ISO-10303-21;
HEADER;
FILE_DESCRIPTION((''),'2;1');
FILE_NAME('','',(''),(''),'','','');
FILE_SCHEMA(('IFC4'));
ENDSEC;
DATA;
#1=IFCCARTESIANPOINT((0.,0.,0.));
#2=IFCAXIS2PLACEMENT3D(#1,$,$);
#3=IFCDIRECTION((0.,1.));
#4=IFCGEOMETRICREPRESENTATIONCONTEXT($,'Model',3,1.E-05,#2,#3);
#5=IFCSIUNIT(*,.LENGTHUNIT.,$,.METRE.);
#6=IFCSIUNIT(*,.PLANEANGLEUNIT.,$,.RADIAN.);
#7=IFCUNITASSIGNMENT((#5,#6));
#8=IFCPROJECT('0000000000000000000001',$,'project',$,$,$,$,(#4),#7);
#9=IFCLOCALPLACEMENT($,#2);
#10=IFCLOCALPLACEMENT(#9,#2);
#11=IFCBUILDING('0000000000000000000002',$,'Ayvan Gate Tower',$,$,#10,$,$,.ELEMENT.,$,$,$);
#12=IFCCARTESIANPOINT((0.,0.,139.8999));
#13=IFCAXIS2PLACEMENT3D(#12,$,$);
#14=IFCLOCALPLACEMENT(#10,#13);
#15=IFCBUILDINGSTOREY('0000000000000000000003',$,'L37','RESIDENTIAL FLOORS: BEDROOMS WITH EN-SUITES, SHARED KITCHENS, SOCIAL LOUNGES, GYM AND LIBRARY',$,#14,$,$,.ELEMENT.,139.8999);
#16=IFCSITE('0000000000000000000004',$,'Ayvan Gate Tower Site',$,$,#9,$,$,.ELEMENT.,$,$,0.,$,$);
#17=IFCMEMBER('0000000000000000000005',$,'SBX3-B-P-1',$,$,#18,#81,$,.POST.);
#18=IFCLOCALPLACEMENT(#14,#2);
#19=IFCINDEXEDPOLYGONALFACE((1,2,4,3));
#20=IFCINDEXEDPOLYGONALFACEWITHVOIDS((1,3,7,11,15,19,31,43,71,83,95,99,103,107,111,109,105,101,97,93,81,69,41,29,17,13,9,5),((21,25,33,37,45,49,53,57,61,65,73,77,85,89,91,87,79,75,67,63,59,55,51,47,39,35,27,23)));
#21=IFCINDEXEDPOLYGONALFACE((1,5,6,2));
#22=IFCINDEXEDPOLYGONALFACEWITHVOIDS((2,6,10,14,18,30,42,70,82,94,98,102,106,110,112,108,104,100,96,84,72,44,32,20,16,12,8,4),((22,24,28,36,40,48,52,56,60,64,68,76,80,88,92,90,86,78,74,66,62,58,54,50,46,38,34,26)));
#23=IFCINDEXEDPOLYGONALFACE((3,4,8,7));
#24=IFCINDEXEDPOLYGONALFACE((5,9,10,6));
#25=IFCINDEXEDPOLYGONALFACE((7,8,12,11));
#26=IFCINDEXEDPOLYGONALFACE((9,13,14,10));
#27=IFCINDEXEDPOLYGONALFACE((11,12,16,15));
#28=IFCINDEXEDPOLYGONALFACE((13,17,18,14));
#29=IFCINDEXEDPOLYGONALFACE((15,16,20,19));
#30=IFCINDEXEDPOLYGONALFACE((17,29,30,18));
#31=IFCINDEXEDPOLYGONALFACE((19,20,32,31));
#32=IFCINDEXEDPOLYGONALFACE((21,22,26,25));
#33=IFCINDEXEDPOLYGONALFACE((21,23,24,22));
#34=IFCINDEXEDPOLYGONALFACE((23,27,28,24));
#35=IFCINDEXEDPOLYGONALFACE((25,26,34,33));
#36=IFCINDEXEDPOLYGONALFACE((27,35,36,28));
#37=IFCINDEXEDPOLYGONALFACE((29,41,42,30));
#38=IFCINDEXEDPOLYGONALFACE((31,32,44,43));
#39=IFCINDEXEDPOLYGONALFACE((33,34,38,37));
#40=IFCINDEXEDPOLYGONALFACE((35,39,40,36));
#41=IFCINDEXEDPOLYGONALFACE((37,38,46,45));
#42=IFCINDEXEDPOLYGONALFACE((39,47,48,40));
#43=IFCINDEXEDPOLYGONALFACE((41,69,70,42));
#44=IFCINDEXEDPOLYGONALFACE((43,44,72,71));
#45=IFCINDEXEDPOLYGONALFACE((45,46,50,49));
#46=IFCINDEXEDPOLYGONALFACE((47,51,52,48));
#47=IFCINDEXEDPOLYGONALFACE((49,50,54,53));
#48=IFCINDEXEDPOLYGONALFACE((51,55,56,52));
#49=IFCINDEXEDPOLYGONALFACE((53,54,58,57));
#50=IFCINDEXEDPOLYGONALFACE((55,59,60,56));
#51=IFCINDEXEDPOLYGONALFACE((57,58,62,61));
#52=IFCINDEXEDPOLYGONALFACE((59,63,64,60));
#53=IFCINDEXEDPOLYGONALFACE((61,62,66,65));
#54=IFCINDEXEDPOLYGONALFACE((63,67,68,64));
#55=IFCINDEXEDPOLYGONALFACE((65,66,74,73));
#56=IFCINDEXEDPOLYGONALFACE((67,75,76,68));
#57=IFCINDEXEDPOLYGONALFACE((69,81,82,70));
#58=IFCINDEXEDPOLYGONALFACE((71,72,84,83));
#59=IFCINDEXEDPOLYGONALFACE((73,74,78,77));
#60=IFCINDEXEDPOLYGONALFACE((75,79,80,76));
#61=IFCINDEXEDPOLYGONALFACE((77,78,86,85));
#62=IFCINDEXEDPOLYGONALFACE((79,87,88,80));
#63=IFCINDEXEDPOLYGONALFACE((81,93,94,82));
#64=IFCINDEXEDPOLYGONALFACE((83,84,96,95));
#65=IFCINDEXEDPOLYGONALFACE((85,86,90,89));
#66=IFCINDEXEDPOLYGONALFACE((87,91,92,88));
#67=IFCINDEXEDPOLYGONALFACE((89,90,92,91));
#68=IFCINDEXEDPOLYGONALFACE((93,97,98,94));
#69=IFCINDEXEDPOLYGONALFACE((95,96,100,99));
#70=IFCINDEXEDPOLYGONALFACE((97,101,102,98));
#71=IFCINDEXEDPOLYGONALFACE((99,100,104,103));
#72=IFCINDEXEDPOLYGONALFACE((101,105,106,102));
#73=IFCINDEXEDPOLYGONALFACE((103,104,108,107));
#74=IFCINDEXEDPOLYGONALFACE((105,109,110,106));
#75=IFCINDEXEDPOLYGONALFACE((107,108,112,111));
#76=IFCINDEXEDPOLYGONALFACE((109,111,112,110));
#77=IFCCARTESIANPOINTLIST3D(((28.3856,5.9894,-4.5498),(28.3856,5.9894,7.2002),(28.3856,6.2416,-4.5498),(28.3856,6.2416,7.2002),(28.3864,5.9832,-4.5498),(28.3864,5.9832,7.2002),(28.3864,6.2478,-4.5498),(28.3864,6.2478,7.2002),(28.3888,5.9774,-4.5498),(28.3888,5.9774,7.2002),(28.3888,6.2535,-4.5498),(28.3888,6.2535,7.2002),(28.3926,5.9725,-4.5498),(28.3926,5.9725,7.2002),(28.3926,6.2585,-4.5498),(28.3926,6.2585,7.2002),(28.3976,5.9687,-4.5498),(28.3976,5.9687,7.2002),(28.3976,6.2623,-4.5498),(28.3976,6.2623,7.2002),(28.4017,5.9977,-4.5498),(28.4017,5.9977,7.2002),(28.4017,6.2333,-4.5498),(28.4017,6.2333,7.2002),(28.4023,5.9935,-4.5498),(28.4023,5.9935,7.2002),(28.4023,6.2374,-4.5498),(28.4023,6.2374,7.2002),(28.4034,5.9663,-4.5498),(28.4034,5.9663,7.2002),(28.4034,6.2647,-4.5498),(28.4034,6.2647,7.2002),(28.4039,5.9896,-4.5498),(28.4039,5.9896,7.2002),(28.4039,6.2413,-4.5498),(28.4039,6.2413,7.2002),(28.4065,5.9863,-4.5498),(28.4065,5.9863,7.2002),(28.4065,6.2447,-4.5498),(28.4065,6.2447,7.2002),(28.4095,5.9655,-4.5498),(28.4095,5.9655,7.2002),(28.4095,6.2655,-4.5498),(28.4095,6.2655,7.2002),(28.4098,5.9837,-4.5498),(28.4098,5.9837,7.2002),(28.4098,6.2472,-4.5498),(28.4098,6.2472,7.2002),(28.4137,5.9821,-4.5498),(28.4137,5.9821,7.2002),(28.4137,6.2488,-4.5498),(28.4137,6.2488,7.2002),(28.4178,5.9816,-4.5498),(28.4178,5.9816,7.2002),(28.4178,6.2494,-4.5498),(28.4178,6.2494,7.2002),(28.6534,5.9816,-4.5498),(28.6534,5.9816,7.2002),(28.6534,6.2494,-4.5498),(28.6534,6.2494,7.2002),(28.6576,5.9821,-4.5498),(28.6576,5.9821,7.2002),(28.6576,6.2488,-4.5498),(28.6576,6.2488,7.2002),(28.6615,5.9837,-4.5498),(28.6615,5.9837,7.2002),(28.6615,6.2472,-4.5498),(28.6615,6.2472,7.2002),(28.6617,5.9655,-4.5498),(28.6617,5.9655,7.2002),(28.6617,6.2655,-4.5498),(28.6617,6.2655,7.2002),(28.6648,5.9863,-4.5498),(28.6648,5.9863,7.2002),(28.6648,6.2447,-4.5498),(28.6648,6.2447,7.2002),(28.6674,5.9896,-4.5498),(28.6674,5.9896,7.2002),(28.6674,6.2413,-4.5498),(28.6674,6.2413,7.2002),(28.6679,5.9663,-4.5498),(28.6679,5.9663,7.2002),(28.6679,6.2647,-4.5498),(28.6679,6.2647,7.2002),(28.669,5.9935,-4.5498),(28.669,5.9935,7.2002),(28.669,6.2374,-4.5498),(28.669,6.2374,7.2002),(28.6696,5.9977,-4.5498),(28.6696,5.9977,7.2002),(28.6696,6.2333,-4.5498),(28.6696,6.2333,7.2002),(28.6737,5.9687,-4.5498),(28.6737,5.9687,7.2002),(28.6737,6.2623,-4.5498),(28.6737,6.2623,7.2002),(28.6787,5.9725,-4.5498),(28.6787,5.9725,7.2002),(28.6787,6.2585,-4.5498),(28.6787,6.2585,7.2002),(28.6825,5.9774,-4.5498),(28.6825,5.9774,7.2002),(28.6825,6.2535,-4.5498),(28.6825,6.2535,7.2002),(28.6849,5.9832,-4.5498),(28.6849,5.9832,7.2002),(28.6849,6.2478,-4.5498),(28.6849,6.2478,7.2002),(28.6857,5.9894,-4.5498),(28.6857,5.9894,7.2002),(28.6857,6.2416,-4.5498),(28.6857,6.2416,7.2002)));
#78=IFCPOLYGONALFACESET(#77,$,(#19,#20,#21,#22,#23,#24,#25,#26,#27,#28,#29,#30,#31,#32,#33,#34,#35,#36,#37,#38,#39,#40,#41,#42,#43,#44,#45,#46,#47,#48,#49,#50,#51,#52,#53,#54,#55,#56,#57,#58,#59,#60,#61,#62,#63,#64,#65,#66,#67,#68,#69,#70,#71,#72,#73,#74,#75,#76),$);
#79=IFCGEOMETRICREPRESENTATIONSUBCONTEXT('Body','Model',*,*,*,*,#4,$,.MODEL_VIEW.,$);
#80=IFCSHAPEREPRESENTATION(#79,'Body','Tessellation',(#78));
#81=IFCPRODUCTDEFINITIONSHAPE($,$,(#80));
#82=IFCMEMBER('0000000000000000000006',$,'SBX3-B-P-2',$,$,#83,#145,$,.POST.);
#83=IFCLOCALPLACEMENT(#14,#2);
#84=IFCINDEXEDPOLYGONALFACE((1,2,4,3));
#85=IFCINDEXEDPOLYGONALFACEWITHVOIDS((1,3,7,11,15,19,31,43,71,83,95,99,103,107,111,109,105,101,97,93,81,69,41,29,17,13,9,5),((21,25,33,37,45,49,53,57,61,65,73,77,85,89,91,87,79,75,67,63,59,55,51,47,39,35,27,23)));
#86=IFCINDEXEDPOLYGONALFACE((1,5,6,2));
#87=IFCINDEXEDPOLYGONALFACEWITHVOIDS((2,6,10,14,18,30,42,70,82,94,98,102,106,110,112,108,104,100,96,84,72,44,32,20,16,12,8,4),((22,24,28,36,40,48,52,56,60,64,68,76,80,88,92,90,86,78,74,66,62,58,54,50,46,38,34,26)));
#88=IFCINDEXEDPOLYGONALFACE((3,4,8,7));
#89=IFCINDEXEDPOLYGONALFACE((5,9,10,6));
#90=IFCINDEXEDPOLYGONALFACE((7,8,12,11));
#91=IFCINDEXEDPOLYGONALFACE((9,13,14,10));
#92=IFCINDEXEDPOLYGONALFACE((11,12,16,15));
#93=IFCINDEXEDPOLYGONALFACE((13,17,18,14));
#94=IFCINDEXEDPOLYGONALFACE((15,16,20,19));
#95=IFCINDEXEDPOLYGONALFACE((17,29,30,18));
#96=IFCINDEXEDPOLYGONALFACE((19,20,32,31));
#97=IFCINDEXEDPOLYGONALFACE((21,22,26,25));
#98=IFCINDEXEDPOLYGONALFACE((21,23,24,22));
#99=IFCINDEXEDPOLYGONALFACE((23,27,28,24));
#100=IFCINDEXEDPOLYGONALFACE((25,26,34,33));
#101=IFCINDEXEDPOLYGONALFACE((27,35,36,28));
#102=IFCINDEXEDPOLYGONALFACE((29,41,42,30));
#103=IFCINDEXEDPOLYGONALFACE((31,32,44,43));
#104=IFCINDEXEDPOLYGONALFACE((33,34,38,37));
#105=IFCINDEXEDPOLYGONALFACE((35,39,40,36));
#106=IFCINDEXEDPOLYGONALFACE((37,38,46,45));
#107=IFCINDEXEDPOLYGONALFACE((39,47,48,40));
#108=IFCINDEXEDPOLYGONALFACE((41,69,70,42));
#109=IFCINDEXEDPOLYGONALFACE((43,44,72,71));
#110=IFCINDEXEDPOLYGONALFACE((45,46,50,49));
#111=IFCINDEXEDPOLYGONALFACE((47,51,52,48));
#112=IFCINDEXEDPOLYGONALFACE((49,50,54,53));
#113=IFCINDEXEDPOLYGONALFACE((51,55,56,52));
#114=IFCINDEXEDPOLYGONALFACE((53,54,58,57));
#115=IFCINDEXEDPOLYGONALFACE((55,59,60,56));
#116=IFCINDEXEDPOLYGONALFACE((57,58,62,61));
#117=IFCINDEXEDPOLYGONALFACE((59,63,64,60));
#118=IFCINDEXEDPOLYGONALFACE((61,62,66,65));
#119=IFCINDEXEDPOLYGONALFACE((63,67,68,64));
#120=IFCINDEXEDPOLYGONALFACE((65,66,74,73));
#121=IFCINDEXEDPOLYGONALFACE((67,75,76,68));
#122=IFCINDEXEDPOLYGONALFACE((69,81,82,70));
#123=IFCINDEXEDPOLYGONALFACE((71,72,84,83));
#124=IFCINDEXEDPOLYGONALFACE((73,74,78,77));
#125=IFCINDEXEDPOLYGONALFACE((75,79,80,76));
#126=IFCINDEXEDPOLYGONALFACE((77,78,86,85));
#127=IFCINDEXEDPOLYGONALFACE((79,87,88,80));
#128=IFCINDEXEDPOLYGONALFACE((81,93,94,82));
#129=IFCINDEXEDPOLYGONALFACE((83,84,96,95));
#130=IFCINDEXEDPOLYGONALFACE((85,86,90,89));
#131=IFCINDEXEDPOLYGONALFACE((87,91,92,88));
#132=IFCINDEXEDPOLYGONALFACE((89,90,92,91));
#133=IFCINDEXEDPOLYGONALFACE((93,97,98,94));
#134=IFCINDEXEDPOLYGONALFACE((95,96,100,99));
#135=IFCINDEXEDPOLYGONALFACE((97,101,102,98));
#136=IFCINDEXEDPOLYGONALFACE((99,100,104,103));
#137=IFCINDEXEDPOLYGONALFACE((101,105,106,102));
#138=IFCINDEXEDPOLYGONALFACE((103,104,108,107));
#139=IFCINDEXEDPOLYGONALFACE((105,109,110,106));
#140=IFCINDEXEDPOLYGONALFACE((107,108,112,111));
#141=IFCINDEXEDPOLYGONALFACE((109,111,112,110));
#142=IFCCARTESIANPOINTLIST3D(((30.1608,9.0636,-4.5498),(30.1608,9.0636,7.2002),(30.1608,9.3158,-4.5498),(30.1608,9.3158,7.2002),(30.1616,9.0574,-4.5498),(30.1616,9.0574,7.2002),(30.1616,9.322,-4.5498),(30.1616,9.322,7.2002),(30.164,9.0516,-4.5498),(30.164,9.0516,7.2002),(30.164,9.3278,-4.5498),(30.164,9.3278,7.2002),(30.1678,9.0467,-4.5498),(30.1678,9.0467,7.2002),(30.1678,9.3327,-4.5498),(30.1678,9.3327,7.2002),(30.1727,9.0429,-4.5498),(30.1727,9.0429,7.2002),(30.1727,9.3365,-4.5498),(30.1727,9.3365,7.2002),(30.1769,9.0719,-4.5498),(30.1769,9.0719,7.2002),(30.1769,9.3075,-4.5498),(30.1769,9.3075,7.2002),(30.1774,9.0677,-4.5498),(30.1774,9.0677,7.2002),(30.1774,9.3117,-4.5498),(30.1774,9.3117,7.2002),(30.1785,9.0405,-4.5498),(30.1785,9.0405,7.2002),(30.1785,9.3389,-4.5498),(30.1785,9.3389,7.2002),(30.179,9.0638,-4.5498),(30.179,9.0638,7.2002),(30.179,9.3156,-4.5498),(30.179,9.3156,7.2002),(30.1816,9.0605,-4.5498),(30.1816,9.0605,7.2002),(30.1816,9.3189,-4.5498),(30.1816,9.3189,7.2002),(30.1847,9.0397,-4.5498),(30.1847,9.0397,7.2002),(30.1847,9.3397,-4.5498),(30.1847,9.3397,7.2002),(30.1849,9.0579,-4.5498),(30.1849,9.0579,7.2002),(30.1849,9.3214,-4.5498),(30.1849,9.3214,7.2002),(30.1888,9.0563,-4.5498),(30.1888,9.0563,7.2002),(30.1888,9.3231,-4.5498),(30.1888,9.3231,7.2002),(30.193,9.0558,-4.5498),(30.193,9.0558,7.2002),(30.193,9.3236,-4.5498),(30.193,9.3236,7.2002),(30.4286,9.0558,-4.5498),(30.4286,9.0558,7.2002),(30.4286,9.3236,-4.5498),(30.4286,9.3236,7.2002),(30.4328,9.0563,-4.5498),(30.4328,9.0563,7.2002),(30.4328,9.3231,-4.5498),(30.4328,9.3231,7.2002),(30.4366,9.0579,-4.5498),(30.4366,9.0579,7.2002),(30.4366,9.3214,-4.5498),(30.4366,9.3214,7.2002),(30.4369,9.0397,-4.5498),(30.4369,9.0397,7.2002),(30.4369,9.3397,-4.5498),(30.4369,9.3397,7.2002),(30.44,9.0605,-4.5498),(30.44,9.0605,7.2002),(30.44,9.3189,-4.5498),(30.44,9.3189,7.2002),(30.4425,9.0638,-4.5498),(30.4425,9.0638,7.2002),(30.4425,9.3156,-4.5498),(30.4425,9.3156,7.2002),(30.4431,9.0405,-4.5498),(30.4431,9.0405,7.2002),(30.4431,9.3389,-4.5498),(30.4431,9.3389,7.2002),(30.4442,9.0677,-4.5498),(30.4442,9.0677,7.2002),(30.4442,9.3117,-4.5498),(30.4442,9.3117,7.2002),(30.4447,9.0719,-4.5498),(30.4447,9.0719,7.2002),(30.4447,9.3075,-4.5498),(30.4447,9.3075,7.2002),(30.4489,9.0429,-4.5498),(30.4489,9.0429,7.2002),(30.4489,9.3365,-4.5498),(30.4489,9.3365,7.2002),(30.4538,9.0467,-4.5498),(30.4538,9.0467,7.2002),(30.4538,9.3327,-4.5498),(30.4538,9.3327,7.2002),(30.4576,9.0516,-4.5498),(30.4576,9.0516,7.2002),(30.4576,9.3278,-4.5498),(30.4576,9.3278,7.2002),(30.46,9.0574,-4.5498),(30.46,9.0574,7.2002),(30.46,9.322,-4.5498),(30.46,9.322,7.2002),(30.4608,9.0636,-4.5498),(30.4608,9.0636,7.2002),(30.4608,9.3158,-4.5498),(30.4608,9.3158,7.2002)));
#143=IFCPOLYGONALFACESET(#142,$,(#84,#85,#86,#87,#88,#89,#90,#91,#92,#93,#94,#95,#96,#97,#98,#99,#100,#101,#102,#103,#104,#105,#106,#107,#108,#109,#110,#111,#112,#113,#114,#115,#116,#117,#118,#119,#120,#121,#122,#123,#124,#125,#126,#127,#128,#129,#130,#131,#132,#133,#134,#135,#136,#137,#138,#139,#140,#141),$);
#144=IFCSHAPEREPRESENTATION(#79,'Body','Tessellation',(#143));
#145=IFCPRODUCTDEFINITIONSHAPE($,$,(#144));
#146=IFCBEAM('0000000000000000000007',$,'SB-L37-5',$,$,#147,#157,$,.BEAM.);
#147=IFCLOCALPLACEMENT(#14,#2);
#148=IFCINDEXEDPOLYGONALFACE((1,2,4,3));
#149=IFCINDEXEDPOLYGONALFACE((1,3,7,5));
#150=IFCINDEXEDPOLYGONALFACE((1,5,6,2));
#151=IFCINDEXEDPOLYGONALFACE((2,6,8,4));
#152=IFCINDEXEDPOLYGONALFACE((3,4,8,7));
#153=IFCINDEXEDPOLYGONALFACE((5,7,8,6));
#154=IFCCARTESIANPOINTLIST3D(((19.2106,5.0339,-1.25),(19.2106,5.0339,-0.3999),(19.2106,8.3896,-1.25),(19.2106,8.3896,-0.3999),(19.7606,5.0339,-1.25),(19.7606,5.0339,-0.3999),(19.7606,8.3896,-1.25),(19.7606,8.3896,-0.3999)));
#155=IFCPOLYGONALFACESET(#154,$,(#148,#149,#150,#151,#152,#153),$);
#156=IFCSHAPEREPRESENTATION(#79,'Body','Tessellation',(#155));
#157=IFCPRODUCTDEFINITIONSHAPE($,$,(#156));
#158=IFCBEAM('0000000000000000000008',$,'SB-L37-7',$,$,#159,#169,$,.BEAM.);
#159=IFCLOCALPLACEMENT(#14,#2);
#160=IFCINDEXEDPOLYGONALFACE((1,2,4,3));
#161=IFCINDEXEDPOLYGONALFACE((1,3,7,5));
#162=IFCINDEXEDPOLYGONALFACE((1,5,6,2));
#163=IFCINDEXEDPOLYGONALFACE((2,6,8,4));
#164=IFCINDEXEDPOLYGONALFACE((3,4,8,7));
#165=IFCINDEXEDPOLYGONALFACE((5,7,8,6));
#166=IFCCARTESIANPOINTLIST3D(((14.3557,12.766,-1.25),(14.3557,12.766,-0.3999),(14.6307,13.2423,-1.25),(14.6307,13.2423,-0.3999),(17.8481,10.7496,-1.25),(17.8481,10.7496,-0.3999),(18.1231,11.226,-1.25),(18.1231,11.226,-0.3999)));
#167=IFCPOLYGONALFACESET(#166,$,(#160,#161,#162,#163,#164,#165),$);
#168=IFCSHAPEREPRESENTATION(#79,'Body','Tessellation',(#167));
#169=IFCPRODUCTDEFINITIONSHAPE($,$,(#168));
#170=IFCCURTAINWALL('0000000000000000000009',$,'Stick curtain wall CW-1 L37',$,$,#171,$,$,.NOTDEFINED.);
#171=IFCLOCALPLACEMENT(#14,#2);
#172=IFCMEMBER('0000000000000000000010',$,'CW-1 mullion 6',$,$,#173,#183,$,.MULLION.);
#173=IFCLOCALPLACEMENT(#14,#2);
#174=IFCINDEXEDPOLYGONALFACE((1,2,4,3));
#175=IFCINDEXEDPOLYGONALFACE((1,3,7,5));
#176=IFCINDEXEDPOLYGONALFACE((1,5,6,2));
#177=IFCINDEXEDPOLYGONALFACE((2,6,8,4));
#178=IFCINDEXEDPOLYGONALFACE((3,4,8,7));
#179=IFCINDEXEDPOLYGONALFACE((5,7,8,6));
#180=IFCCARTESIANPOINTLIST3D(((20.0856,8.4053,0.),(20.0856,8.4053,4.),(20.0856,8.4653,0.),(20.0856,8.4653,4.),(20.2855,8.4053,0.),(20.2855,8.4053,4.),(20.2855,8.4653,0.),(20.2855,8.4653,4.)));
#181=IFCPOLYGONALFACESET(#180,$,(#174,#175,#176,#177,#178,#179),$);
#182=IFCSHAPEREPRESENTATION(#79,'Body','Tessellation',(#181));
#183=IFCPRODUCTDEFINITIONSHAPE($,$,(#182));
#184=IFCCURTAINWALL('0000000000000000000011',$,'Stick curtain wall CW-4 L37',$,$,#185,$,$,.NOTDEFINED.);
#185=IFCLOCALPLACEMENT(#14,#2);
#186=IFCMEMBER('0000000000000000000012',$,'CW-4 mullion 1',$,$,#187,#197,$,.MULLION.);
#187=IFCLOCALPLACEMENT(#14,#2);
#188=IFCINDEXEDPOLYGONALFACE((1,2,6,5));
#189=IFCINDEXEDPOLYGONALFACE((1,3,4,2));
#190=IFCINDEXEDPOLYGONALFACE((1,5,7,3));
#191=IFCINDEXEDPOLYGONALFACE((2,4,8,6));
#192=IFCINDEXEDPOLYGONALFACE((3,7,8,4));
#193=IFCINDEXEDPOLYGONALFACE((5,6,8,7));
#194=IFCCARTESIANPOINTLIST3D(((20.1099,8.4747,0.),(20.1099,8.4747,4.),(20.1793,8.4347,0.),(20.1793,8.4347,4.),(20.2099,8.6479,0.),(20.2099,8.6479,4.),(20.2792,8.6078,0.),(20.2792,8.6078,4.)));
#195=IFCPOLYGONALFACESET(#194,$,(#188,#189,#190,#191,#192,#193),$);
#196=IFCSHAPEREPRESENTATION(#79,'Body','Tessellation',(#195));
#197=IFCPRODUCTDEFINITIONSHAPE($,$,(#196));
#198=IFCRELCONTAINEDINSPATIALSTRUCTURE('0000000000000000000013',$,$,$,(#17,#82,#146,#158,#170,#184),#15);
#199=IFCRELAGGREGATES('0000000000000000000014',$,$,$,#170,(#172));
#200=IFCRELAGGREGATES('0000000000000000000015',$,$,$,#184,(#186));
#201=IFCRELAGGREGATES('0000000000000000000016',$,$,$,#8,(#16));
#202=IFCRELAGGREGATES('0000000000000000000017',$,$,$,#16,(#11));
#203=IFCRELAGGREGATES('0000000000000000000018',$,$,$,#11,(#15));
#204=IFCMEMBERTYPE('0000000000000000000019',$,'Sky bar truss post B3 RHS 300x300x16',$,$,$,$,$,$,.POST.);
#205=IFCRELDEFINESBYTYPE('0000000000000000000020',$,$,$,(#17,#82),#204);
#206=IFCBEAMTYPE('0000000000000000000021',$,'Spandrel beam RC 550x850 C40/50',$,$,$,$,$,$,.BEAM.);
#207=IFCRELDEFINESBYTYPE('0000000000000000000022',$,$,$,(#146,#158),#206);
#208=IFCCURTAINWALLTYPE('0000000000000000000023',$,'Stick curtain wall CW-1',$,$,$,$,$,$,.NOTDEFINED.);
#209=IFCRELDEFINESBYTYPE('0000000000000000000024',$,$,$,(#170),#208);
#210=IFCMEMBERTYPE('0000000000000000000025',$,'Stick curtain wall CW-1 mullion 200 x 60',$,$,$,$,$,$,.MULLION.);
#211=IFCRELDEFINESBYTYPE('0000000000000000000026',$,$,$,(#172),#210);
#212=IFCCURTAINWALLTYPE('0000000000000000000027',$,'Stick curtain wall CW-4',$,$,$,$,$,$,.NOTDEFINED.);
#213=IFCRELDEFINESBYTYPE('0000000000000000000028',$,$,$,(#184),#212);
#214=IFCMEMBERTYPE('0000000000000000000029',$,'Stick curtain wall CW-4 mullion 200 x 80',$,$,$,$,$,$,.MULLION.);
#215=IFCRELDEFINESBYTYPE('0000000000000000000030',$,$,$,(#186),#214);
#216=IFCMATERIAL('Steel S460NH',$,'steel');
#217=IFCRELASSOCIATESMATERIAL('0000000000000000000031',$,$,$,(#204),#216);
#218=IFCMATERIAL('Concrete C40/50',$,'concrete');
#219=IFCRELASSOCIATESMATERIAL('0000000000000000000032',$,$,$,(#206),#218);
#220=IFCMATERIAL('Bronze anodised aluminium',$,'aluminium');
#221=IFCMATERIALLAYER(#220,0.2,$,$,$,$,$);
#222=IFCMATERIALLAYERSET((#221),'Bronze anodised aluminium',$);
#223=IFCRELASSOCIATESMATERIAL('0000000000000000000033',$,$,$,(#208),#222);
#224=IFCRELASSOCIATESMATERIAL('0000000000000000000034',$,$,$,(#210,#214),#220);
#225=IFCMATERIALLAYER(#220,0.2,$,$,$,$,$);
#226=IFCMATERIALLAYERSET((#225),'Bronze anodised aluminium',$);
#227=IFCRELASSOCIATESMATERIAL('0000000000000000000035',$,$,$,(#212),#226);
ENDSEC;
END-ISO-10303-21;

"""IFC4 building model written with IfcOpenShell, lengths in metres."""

from ifc_helpers import new_model, si_unit, direction, frame, origin, origin_2d, place, context, subcontext, project, spatial, rectangle, hollow_rectangle, extrude, material, layer, layer_set, material_profile, profile_set, type_object, element, aggregate, save


model = new_model("IFC4")

# Units and contexts
model_context = context("Model", 3, precision=1e-05, world=origin(), true_north=direction((0.0, 1.0)))
body_context = subcontext(model_context, "Body", "Model", "MODEL_VIEW")
ifc_project = project(units=[si_unit("LENGTHUNIT", "METRE"), si_unit("PLANEANGLEUNIT", "RADIAN")], contexts=[model_context])

# Site, building, storey
site_placement = place(None, origin())
site = spatial("IfcSite", under=ifc_project, at=site_placement, Name="Ayvan Gate Tower Site", CompositionType="ELEMENT", RefElevation=0.0)
building_placement = place(site_placement, origin())
building = spatial("IfcBuilding", under=site, at=building_placement, Name="Ayvan Gate Tower", CompositionType="ELEMENT")
storey_placement = place(building_placement, frame((0.0, 0.0, 139.8999)))
storey = spatial("IfcBuildingStorey", under=building, at=storey_placement, Name="L37", Description="RESIDENTIAL FLOORS: BEDROOMS WITH EN-SUITES, SHARED KITCHENS, SOCIAL LOUNGES, GYM AND LIBRARY", CompositionType="ELEMENT", Elevation=139.8999)

# Shared definitions
ifc_material_1 = material(Name="Concrete C40/50", Category="concrete")

# Members
ifc_material_2 = material(Name="Steel S460NH", Category="steel")
ifc_material_profile_1 = material_profile(ifc_material_2, hollow_rectangle(XDim=0.3, YDim=0.3, WallThickness=0.0161, InnerFilletRadius=0.0161, OuterFilletRadius=0.0239, at=origin_2d()), Name="RHS 300x300x16")
ifc_profile_set_1 = profile_set([ifc_material_profile_1], Name="Steel S460NH")
member_type_1 = type_object("IfcMemberType", Name="Sky bar truss post B3 RHS 300x300x16", PredefinedType="POST", material=ifc_profile_set_1)
for number, where, z_axis, x_axis, name in (
    (1, (28.5356, 6.1155, -4.5498), (0.0, 0.0, 1.0), (1.0, 0.0, 0.0), "SBX3-B-P-1"),
    (2, (30.3108, 9.1897, -4.5498), (0.0, 0.0, 1.0), (1.0, 0.0, 0.0), "SBX3-B-P-2"),
):
    element("IfcMember", number, at=place(storey_placement, frame(where, z_axis=z_axis, x_axis=x_axis)), inside=storey, type_object=member_type_1, Name=name, PredefinedType="POST", context=body_context, shape_type="SweptSolid", body=[
        extrude(hollow_rectangle(XDim=0.3, YDim=0.3, WallThickness=0.0161, InnerFilletRadius=0.0161, OuterFilletRadius=0.0239, at=origin_2d()), origin(), (0.0, 0.0, 1.0), 11.75),
    ])

# Beams
ifc_material_profile_2 = material_profile(ifc_material_1, rectangle(XDim=0.55, YDim=0.8501, at=origin_2d()), Name="RC 550x850")
ifc_profile_set_2 = profile_set([ifc_material_profile_2], Name="Concrete C40/50")
beam_type_1 = type_object("IfcBeamType", Name="Spandrel beam RC 550x850 C40/50", PredefinedType="BEAM", material=ifc_profile_set_2)
beam_1_placement = place(storey_placement, frame((19.4856, 5.0339, -0.825), z_axis=(0.0, 1.0, 0.0), x_axis=(-1.0, 0.0, 0.0)))
element("IfcBeam", 3, at=beam_1_placement, inside=storey, type_object=beam_type_1, Name="SB-L37-5", PredefinedType="BEAM", context=body_context, shape_type="SweptSolid", body=[
    extrude(rectangle(XDim=0.55, YDim=0.8501, at=origin_2d()), origin(), (0.0, 0.0, 1.0), 3.3557),
])
beam_2_placement = place(storey_placement, frame((17.9856, 10.9878, -0.825), z_axis=(-0.866025, 0.5, 0.0), x_axis=(-0.5, -0.866025, 0.0)))
element("IfcBeam", 4, at=beam_2_placement, inside=storey, type_object=beam_type_1, Name="SB-L37-7", PredefinedType="BEAM", context=body_context, shape_type="SweptSolid", body=[
    extrude(rectangle(XDim=0.55, YDim=0.8501, at=origin_2d()), origin(), (0.0, 0.0, 1.0), 4.0327),
])

# Curtain wall, member
ifc_material_3 = material(Name="Bronze anodised aluminium", Category="aluminium")
ifc_layer_1 = layer(ifc_material_3, 0.2)
ifc_layer_set_1 = layer_set([ifc_layer_1], Name="Bronze anodised aluminium")
curtain_wall_type_1 = type_object("IfcCurtainWallType", Name="Stick curtain wall CW-1", PredefinedType="NOTDEFINED", material=ifc_layer_set_1)
curtain_wall_1_placement = place(storey_placement, origin())
curtain_wall_1 = element("IfcCurtainWall", 5, at=curtain_wall_1_placement, inside=storey, type_object=curtain_wall_type_1, Name="Stick curtain wall CW-1 L37", PredefinedType="NOTDEFINED")
ifc_material_profile_3 = material_profile(ifc_material_3, rectangle(XDim=0.2, YDim=0.0601, at=origin_2d()), Name="Stick curtain wall CW-1 mullion 200 x 60")
ifc_profile_set_3 = profile_set([ifc_material_profile_3], Name="Bronze anodised aluminium")
member_type_2 = type_object("IfcMemberType", Name="Stick curtain wall CW-1 mullion 200 x 60", PredefinedType="MULLION", material=ifc_profile_set_3)
member_1_placement = place(storey_placement, frame((20.1855, 8.4353, 0.0), z_axis=(0.0, 0.0, 1.0), x_axis=(1.0, 0.0, 0.0)))
member_1 = element("IfcMember", 6, at=member_1_placement, type_object=member_type_2, Name="CW-1 mullion 6", PredefinedType="MULLION", context=body_context, shape_type="SweptSolid", body=[
    extrude(rectangle(XDim=0.2, YDim=0.0601, at=origin_2d()), origin(), (0.0, 0.0, 1.0), 4.0),
])

# Curtain wall, member
ifc_layer_2 = layer(ifc_material_3, 0.2)
ifc_layer_set_2 = layer_set([ifc_layer_2], Name="Bronze anodised aluminium")
curtain_wall_type_2 = type_object("IfcCurtainWallType", Name="Stick curtain wall CW-4", PredefinedType="NOTDEFINED", material=ifc_layer_set_2)
curtain_wall_2_placement = place(storey_placement, origin())
curtain_wall_2 = element("IfcCurtainWall", 7, at=curtain_wall_2_placement, inside=storey, type_object=curtain_wall_type_2, Name="Stick curtain wall CW-4 L37", PredefinedType="NOTDEFINED")
ifc_material_profile_4 = material_profile(ifc_material_3, rectangle(XDim=0.2, YDim=0.0801, at=origin_2d()), Name="Stick curtain wall CW-4 mullion 200 x 80")
ifc_profile_set_4 = profile_set([ifc_material_profile_4], Name="Bronze anodised aluminium")
member_type_3 = type_object("IfcMemberType", Name="Stick curtain wall CW-4 mullion 200 x 80", PredefinedType="MULLION", material=ifc_profile_set_4)
member_2_placement = place(storey_placement, frame((20.1946, 8.5413, 0.0), z_axis=(0.0, 0.0, 1.0), x_axis=(-0.5, -0.866025, 0.0)))
member_2 = element("IfcMember", 8, at=member_2_placement, type_object=member_type_3, Name="CW-4 mullion 1", PredefinedType="MULLION", context=body_context, shape_type="SweptSolid", body=[
    extrude(rectangle(XDim=0.2, YDim=0.0801, at=origin_2d()), origin(), (0.0, 0.0, 1.0), 4.0),
])

aggregate(curtain_wall_1, [member_1])
aggregate(curtain_wall_2, [member_2])

save(model, "model.ifc")
